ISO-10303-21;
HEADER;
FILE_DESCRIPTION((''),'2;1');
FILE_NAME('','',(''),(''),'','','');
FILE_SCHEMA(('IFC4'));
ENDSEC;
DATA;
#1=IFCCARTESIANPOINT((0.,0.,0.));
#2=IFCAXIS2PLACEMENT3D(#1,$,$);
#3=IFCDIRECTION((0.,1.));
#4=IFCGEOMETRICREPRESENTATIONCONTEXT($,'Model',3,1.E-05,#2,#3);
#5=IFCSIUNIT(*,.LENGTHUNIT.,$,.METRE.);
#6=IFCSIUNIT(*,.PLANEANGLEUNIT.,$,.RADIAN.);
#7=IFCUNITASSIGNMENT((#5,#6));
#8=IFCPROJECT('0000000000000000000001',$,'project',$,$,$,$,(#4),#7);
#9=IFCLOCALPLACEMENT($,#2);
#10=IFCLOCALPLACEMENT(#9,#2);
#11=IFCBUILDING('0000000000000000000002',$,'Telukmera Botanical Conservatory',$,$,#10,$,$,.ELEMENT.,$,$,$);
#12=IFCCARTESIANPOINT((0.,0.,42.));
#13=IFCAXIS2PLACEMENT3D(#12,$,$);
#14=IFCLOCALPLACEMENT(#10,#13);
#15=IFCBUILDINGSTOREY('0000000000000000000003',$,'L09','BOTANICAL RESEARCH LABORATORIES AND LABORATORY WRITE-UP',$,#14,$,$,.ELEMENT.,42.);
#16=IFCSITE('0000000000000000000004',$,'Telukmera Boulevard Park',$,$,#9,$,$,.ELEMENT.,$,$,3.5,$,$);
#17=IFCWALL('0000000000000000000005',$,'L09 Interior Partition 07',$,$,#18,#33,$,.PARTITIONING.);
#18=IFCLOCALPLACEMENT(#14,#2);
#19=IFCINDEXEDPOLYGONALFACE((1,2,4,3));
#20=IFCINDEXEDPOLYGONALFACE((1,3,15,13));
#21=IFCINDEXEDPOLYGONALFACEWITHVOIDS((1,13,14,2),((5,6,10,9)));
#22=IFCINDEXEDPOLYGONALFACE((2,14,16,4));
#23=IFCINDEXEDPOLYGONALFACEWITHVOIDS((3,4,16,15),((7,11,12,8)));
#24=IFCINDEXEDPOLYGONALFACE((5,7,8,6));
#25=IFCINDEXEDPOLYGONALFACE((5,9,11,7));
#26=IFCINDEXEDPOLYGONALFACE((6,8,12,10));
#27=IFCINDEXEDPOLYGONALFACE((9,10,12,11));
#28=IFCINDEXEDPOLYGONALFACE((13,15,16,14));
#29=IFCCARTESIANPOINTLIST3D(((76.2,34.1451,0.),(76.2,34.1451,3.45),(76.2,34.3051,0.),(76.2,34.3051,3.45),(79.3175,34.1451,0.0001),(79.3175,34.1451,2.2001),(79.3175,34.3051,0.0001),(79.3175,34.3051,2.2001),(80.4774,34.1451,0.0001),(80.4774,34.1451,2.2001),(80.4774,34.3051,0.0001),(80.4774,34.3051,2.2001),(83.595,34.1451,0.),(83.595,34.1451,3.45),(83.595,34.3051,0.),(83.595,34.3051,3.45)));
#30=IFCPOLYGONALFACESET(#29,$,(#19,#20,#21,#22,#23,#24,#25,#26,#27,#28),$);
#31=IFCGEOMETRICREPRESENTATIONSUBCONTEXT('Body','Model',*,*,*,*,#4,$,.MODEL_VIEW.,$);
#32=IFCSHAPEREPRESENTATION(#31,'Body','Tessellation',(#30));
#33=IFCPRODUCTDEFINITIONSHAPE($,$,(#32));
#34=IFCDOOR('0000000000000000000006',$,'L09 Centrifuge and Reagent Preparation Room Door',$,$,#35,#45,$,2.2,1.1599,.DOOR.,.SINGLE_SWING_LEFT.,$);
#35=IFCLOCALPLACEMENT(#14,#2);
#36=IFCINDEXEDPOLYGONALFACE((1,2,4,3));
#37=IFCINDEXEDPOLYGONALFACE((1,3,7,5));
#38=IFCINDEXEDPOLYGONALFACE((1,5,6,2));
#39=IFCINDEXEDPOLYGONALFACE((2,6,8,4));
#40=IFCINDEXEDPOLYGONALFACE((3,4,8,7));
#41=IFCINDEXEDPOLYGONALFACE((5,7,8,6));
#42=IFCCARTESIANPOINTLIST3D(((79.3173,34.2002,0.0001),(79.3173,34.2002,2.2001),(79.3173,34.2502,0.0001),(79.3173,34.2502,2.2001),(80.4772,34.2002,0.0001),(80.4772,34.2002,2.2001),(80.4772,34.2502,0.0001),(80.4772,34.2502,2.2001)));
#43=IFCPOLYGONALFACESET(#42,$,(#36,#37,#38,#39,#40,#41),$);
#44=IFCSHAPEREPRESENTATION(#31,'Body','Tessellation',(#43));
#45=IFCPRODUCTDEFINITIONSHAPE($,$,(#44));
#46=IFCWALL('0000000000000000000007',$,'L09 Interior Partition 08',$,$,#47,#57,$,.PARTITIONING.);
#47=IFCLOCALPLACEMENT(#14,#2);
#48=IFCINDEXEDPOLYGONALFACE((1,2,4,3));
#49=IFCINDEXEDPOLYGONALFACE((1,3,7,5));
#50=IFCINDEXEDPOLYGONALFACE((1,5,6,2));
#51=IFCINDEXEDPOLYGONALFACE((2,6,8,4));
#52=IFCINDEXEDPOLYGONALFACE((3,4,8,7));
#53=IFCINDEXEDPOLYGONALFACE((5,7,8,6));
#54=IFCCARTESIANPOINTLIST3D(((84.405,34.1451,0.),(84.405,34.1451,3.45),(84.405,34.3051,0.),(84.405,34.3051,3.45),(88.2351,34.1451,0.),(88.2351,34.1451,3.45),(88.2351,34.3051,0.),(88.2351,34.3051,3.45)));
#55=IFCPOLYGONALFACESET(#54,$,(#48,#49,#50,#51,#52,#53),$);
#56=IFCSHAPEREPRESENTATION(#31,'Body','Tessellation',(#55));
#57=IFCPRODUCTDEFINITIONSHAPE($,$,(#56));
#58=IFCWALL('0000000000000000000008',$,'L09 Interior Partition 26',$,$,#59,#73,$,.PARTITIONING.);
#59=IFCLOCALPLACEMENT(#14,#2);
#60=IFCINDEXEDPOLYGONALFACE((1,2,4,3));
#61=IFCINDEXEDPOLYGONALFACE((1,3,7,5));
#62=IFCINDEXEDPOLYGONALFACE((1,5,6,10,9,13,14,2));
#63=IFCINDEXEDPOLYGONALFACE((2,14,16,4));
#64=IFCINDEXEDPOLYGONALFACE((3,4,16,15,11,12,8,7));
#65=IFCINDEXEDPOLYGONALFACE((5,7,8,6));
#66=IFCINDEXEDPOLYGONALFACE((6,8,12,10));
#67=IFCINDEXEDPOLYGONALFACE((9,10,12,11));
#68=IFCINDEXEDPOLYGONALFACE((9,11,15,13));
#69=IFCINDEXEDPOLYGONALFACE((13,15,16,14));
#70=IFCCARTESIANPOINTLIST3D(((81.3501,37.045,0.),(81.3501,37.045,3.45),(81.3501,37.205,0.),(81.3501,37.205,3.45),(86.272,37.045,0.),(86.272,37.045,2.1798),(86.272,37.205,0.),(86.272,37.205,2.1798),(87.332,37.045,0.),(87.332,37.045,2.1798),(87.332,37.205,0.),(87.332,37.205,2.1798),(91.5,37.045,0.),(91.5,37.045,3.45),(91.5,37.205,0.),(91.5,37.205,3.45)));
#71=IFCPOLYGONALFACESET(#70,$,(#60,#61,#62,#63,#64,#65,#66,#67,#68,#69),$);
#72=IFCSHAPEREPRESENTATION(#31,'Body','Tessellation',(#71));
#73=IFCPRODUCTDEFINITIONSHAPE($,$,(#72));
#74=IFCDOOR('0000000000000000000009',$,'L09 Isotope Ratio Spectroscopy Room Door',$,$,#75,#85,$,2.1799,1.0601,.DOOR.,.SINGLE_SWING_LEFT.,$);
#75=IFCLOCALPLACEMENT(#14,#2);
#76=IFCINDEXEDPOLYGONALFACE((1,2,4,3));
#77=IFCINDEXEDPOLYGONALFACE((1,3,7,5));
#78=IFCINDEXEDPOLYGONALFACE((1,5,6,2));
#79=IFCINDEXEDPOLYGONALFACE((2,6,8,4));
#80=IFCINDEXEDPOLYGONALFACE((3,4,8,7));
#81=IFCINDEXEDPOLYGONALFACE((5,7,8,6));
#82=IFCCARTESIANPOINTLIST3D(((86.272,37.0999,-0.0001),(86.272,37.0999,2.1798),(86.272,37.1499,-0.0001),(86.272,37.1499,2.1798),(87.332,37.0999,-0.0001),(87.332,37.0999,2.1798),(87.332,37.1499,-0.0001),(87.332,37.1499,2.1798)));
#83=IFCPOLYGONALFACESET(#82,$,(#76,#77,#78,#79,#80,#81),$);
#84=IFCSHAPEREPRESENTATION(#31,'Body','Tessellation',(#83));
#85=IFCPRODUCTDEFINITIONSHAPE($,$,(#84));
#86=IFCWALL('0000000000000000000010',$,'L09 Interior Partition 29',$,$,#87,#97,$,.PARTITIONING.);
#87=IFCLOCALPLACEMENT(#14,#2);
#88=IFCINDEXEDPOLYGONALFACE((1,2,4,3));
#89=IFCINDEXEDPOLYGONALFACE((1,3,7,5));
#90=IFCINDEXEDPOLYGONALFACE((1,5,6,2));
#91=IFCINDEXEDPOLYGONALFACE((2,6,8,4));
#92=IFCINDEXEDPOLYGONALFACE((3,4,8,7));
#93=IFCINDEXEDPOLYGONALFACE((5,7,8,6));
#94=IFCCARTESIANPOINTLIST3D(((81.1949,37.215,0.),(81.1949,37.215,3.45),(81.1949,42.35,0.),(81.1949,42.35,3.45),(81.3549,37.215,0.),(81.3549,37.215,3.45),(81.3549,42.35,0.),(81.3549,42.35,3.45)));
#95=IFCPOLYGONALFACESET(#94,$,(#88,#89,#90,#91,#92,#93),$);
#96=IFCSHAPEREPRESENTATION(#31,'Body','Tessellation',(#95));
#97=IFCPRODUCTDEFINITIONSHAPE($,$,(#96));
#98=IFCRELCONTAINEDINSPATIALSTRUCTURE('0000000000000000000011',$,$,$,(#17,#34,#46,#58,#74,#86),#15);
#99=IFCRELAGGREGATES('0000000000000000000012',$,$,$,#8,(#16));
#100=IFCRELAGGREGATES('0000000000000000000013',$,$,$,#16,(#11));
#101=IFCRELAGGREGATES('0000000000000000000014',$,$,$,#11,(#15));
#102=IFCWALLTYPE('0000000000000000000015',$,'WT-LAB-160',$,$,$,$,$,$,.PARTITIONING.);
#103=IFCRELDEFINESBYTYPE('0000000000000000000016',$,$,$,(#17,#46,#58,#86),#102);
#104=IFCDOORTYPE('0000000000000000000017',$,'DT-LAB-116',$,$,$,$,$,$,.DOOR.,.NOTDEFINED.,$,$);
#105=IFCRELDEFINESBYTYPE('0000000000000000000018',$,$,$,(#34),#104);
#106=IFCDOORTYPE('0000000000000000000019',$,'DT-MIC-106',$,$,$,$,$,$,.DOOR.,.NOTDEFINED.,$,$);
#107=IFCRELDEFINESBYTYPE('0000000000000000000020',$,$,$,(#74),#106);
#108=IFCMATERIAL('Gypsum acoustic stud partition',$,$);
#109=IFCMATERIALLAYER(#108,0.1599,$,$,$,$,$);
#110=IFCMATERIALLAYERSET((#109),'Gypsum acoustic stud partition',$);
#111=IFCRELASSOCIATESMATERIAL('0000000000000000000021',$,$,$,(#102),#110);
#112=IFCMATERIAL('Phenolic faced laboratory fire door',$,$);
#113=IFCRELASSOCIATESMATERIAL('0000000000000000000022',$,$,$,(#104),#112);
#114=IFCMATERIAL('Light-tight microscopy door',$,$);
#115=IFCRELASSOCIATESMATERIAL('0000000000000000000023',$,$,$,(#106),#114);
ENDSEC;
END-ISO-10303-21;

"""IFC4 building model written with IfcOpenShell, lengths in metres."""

from ifc_helpers import new_model, si_unit, direction, frame, frame_2d, origin, place, context, subcontext, project, spatial, rectangle, extrude, material, layer, layer_set, type_object, element, fill, save


model = new_model("IFC4")

# Units and contexts
model_context = context("Model", 3, precision=1e-05, world=origin(), true_north=direction((0.0, 1.0)))
body_context = subcontext(model_context, "Body", "Model", "MODEL_VIEW")
ifc_project = project(units=[si_unit("LENGTHUNIT", "METRE"), si_unit("PLANEANGLEUNIT", "RADIAN")], contexts=[model_context])

# Site, building, storey
site_placement = place(None, origin())
site = spatial("IfcSite", under=ifc_project, at=site_placement, Name="Telukmera Boulevard Park", CompositionType="ELEMENT", RefElevation=3.5)
building_placement = place(site_placement, origin())
building = spatial("IfcBuilding", under=site, at=building_placement, Name="Telukmera Botanical Conservatory", CompositionType="ELEMENT")
storey_placement = place(building_placement, frame((0.0, 0.0, 42.0)))
storey = spatial("IfcBuildingStorey", under=building, at=storey_placement, Name="L09", Description="BOTANICAL RESEARCH LABORATORIES AND LABORATORY WRITE-UP", CompositionType="ELEMENT", Elevation=42.0)

# Shared definitions
ifc_material_1 = material(Name="Gypsum acoustic stud partition")
ifc_layer_1 = layer(ifc_material_1, 0.1599)
ifc_layer_set_1 = layer_set([ifc_layer_1], Name="Gypsum acoustic stud partition")
wall_type_1 = type_object("IfcWallType", Name="WT-LAB-160", PredefinedType="PARTITIONING", material=ifc_layer_set_1)

# Wall, opening, door
wall_1_placement = place(storey_placement, frame((76.2, 34.2251, 0.0), z_axis=(0.0, 0.0, 1.0), x_axis=(1.0, 0.0, 0.0)))
wall_1 = element("IfcWall", 1, at=wall_1_placement, inside=storey, type_object=wall_type_1, Name="L09 Interior Partition 07", PredefinedType="PARTITIONING", context=body_context, shape_type="SweptSolid", body=[
    extrude(rectangle(XDim=7.395, YDim=0.1599, at=frame_2d((3.6975, 0.0))), origin(), (0.0, 0.0, 1.0), 3.45),
])
opening_1_placement = place(wall_1_placement, frame((3.1174, 0.0, 0.0)))
opening_1 = element("IfcOpeningElement", 2, at=opening_1_placement, cuts=wall_1, PredefinedType="OPENING", context=body_context, shape_type="SweptSolid", body=[
    extrude(rectangle(XDim=1.1599, YDim=2.2, at=frame_2d((0.5801, 1.1001))), frame((0.0, 0.0898, 0.0), z_axis=(0.0, -1.0, 0.0), x_axis=(1.0, 0.0, 0.0)), (0.0, 0.0, 1.0), 0.1799),
])
ifc_material_2 = material(Name="Phenolic faced laboratory fire door")
door_type_1 = type_object("IfcDoorType", Name="DT-LAB-116", OperationType="NOTDEFINED", PredefinedType="DOOR", material=ifc_material_2)
door_1_placement = place(opening_1_placement, frame((1.1599, 0.0, 0.0), z_axis=(0.0, 0.0, 1.0), x_axis=(-1.0, 0.0, 0.0)))
door_1 = element("IfcDoor", 3, at=door_1_placement, inside=storey, type_object=door_type_1, Name="L09 Centrifuge and Reagent Preparation Room Door", OperationType="SINGLE_SWING_LEFT", OverallHeight=2.2, OverallWidth=1.1599, PredefinedType="DOOR", context=body_context, shape_type="SweptSolid", body=[
    extrude(rectangle(XDim=1.1599, YDim=2.2, at=frame_2d((0.5801, 1.1001))), frame((0.0, 0.0249, 0.0), z_axis=(0.0, -1.0, 0.0), x_axis=(1.0, 0.0, 0.0)), (0.0, 0.0, 1.0), 0.05),
])
fill(opening_1, door_1)

# Wall
wall_2_placement = place(storey_placement, frame((84.405, 34.2251, 0.0), z_axis=(0.0, 0.0, 1.0), x_axis=(1.0, 0.0, 0.0)))
element("IfcWall", 4, at=wall_2_placement, inside=storey, type_object=wall_type_1, Name="L09 Interior Partition 08", PredefinedType="PARTITIONING", context=body_context, shape_type="SweptSolid", body=[
    extrude(rectangle(XDim=3.8301, YDim=0.1599, at=frame_2d((1.915, 0.0))), origin(), (0.0, 0.0, 1.0), 3.45),
])

# Wall, opening, door
wall_3_placement = place(storey_placement, frame((81.3501, 37.125, 0.0), z_axis=(0.0, 0.0, 1.0), x_axis=(1.0, 0.0, 0.0)))
wall_3 = element("IfcWall", 5, at=wall_3_placement, inside=storey, type_object=wall_type_1, Name="L09 Interior Partition 26", PredefinedType="PARTITIONING", context=body_context, shape_type="SweptSolid", body=[
    extrude(rectangle(XDim=10.1499, YDim=0.1599, at=frame_2d((5.075, 0.0))), origin(), (0.0, 0.0, 1.0), 3.45),
])
opening_2_placement = place(wall_3_placement, frame((4.9219, 0.0, 0.0)))
opening_2 = element("IfcOpeningElement", 6, at=opening_2_placement, cuts=wall_3, PredefinedType="OPENING", context=body_context, shape_type="SweptSolid", body=[
    extrude(rectangle(XDim=1.0601, YDim=2.1799, at=frame_2d((0.53, 1.0898))), frame((0.0, 0.0898, 0.0), z_axis=(0.0, -1.0, 0.0), x_axis=(1.0, 0.0, 0.0)), (0.0, 0.0, 1.0), 0.1799),
])
ifc_material_3 = material(Name="Light-tight microscopy door")
door_type_2 = type_object("IfcDoorType", Name="DT-MIC-106", OperationType="NOTDEFINED", PredefinedType="DOOR", material=ifc_material_3)
door_2_placement = place(opening_2_placement, origin())
door_2 = element("IfcDoor", 7, at=door_2_placement, inside=storey, type_object=door_type_2, Name="L09 Isotope Ratio Spectroscopy Room Door", OperationType="SINGLE_SWING_LEFT", OverallHeight=2.1799, OverallWidth=1.0601, PredefinedType="DOOR", context=body_context, shape_type="SweptSolid", body=[
    extrude(rectangle(XDim=1.0601, YDim=2.1799, at=frame_2d((0.53, 1.0898))), frame((0.0, 0.0249, 0.0), z_axis=(0.0, -1.0, 0.0), x_axis=(1.0, 0.0, 0.0)), (0.0, 0.0, 1.0), 0.05),
])
fill(opening_2, door_2)

# Wall
wall_4_placement = place(storey_placement, frame((81.2749, 37.2151, 0.0), z_axis=(0.0, 0.0, 1.0), x_axis=(0.0, 1.0, 0.0)))
element("IfcWall", 8, at=wall_4_placement, inside=storey, type_object=wall_type_1, Name="L09 Interior Partition 29", PredefinedType="PARTITIONING", context=body_context, shape_type="SweptSolid", body=[
    extrude(rectangle(XDim=5.135, YDim=0.1599, at=frame_2d((2.5674, 0.0))), origin(), (0.0, 0.0, 1.0), 3.45),
])

save(model, "model.ifc")
